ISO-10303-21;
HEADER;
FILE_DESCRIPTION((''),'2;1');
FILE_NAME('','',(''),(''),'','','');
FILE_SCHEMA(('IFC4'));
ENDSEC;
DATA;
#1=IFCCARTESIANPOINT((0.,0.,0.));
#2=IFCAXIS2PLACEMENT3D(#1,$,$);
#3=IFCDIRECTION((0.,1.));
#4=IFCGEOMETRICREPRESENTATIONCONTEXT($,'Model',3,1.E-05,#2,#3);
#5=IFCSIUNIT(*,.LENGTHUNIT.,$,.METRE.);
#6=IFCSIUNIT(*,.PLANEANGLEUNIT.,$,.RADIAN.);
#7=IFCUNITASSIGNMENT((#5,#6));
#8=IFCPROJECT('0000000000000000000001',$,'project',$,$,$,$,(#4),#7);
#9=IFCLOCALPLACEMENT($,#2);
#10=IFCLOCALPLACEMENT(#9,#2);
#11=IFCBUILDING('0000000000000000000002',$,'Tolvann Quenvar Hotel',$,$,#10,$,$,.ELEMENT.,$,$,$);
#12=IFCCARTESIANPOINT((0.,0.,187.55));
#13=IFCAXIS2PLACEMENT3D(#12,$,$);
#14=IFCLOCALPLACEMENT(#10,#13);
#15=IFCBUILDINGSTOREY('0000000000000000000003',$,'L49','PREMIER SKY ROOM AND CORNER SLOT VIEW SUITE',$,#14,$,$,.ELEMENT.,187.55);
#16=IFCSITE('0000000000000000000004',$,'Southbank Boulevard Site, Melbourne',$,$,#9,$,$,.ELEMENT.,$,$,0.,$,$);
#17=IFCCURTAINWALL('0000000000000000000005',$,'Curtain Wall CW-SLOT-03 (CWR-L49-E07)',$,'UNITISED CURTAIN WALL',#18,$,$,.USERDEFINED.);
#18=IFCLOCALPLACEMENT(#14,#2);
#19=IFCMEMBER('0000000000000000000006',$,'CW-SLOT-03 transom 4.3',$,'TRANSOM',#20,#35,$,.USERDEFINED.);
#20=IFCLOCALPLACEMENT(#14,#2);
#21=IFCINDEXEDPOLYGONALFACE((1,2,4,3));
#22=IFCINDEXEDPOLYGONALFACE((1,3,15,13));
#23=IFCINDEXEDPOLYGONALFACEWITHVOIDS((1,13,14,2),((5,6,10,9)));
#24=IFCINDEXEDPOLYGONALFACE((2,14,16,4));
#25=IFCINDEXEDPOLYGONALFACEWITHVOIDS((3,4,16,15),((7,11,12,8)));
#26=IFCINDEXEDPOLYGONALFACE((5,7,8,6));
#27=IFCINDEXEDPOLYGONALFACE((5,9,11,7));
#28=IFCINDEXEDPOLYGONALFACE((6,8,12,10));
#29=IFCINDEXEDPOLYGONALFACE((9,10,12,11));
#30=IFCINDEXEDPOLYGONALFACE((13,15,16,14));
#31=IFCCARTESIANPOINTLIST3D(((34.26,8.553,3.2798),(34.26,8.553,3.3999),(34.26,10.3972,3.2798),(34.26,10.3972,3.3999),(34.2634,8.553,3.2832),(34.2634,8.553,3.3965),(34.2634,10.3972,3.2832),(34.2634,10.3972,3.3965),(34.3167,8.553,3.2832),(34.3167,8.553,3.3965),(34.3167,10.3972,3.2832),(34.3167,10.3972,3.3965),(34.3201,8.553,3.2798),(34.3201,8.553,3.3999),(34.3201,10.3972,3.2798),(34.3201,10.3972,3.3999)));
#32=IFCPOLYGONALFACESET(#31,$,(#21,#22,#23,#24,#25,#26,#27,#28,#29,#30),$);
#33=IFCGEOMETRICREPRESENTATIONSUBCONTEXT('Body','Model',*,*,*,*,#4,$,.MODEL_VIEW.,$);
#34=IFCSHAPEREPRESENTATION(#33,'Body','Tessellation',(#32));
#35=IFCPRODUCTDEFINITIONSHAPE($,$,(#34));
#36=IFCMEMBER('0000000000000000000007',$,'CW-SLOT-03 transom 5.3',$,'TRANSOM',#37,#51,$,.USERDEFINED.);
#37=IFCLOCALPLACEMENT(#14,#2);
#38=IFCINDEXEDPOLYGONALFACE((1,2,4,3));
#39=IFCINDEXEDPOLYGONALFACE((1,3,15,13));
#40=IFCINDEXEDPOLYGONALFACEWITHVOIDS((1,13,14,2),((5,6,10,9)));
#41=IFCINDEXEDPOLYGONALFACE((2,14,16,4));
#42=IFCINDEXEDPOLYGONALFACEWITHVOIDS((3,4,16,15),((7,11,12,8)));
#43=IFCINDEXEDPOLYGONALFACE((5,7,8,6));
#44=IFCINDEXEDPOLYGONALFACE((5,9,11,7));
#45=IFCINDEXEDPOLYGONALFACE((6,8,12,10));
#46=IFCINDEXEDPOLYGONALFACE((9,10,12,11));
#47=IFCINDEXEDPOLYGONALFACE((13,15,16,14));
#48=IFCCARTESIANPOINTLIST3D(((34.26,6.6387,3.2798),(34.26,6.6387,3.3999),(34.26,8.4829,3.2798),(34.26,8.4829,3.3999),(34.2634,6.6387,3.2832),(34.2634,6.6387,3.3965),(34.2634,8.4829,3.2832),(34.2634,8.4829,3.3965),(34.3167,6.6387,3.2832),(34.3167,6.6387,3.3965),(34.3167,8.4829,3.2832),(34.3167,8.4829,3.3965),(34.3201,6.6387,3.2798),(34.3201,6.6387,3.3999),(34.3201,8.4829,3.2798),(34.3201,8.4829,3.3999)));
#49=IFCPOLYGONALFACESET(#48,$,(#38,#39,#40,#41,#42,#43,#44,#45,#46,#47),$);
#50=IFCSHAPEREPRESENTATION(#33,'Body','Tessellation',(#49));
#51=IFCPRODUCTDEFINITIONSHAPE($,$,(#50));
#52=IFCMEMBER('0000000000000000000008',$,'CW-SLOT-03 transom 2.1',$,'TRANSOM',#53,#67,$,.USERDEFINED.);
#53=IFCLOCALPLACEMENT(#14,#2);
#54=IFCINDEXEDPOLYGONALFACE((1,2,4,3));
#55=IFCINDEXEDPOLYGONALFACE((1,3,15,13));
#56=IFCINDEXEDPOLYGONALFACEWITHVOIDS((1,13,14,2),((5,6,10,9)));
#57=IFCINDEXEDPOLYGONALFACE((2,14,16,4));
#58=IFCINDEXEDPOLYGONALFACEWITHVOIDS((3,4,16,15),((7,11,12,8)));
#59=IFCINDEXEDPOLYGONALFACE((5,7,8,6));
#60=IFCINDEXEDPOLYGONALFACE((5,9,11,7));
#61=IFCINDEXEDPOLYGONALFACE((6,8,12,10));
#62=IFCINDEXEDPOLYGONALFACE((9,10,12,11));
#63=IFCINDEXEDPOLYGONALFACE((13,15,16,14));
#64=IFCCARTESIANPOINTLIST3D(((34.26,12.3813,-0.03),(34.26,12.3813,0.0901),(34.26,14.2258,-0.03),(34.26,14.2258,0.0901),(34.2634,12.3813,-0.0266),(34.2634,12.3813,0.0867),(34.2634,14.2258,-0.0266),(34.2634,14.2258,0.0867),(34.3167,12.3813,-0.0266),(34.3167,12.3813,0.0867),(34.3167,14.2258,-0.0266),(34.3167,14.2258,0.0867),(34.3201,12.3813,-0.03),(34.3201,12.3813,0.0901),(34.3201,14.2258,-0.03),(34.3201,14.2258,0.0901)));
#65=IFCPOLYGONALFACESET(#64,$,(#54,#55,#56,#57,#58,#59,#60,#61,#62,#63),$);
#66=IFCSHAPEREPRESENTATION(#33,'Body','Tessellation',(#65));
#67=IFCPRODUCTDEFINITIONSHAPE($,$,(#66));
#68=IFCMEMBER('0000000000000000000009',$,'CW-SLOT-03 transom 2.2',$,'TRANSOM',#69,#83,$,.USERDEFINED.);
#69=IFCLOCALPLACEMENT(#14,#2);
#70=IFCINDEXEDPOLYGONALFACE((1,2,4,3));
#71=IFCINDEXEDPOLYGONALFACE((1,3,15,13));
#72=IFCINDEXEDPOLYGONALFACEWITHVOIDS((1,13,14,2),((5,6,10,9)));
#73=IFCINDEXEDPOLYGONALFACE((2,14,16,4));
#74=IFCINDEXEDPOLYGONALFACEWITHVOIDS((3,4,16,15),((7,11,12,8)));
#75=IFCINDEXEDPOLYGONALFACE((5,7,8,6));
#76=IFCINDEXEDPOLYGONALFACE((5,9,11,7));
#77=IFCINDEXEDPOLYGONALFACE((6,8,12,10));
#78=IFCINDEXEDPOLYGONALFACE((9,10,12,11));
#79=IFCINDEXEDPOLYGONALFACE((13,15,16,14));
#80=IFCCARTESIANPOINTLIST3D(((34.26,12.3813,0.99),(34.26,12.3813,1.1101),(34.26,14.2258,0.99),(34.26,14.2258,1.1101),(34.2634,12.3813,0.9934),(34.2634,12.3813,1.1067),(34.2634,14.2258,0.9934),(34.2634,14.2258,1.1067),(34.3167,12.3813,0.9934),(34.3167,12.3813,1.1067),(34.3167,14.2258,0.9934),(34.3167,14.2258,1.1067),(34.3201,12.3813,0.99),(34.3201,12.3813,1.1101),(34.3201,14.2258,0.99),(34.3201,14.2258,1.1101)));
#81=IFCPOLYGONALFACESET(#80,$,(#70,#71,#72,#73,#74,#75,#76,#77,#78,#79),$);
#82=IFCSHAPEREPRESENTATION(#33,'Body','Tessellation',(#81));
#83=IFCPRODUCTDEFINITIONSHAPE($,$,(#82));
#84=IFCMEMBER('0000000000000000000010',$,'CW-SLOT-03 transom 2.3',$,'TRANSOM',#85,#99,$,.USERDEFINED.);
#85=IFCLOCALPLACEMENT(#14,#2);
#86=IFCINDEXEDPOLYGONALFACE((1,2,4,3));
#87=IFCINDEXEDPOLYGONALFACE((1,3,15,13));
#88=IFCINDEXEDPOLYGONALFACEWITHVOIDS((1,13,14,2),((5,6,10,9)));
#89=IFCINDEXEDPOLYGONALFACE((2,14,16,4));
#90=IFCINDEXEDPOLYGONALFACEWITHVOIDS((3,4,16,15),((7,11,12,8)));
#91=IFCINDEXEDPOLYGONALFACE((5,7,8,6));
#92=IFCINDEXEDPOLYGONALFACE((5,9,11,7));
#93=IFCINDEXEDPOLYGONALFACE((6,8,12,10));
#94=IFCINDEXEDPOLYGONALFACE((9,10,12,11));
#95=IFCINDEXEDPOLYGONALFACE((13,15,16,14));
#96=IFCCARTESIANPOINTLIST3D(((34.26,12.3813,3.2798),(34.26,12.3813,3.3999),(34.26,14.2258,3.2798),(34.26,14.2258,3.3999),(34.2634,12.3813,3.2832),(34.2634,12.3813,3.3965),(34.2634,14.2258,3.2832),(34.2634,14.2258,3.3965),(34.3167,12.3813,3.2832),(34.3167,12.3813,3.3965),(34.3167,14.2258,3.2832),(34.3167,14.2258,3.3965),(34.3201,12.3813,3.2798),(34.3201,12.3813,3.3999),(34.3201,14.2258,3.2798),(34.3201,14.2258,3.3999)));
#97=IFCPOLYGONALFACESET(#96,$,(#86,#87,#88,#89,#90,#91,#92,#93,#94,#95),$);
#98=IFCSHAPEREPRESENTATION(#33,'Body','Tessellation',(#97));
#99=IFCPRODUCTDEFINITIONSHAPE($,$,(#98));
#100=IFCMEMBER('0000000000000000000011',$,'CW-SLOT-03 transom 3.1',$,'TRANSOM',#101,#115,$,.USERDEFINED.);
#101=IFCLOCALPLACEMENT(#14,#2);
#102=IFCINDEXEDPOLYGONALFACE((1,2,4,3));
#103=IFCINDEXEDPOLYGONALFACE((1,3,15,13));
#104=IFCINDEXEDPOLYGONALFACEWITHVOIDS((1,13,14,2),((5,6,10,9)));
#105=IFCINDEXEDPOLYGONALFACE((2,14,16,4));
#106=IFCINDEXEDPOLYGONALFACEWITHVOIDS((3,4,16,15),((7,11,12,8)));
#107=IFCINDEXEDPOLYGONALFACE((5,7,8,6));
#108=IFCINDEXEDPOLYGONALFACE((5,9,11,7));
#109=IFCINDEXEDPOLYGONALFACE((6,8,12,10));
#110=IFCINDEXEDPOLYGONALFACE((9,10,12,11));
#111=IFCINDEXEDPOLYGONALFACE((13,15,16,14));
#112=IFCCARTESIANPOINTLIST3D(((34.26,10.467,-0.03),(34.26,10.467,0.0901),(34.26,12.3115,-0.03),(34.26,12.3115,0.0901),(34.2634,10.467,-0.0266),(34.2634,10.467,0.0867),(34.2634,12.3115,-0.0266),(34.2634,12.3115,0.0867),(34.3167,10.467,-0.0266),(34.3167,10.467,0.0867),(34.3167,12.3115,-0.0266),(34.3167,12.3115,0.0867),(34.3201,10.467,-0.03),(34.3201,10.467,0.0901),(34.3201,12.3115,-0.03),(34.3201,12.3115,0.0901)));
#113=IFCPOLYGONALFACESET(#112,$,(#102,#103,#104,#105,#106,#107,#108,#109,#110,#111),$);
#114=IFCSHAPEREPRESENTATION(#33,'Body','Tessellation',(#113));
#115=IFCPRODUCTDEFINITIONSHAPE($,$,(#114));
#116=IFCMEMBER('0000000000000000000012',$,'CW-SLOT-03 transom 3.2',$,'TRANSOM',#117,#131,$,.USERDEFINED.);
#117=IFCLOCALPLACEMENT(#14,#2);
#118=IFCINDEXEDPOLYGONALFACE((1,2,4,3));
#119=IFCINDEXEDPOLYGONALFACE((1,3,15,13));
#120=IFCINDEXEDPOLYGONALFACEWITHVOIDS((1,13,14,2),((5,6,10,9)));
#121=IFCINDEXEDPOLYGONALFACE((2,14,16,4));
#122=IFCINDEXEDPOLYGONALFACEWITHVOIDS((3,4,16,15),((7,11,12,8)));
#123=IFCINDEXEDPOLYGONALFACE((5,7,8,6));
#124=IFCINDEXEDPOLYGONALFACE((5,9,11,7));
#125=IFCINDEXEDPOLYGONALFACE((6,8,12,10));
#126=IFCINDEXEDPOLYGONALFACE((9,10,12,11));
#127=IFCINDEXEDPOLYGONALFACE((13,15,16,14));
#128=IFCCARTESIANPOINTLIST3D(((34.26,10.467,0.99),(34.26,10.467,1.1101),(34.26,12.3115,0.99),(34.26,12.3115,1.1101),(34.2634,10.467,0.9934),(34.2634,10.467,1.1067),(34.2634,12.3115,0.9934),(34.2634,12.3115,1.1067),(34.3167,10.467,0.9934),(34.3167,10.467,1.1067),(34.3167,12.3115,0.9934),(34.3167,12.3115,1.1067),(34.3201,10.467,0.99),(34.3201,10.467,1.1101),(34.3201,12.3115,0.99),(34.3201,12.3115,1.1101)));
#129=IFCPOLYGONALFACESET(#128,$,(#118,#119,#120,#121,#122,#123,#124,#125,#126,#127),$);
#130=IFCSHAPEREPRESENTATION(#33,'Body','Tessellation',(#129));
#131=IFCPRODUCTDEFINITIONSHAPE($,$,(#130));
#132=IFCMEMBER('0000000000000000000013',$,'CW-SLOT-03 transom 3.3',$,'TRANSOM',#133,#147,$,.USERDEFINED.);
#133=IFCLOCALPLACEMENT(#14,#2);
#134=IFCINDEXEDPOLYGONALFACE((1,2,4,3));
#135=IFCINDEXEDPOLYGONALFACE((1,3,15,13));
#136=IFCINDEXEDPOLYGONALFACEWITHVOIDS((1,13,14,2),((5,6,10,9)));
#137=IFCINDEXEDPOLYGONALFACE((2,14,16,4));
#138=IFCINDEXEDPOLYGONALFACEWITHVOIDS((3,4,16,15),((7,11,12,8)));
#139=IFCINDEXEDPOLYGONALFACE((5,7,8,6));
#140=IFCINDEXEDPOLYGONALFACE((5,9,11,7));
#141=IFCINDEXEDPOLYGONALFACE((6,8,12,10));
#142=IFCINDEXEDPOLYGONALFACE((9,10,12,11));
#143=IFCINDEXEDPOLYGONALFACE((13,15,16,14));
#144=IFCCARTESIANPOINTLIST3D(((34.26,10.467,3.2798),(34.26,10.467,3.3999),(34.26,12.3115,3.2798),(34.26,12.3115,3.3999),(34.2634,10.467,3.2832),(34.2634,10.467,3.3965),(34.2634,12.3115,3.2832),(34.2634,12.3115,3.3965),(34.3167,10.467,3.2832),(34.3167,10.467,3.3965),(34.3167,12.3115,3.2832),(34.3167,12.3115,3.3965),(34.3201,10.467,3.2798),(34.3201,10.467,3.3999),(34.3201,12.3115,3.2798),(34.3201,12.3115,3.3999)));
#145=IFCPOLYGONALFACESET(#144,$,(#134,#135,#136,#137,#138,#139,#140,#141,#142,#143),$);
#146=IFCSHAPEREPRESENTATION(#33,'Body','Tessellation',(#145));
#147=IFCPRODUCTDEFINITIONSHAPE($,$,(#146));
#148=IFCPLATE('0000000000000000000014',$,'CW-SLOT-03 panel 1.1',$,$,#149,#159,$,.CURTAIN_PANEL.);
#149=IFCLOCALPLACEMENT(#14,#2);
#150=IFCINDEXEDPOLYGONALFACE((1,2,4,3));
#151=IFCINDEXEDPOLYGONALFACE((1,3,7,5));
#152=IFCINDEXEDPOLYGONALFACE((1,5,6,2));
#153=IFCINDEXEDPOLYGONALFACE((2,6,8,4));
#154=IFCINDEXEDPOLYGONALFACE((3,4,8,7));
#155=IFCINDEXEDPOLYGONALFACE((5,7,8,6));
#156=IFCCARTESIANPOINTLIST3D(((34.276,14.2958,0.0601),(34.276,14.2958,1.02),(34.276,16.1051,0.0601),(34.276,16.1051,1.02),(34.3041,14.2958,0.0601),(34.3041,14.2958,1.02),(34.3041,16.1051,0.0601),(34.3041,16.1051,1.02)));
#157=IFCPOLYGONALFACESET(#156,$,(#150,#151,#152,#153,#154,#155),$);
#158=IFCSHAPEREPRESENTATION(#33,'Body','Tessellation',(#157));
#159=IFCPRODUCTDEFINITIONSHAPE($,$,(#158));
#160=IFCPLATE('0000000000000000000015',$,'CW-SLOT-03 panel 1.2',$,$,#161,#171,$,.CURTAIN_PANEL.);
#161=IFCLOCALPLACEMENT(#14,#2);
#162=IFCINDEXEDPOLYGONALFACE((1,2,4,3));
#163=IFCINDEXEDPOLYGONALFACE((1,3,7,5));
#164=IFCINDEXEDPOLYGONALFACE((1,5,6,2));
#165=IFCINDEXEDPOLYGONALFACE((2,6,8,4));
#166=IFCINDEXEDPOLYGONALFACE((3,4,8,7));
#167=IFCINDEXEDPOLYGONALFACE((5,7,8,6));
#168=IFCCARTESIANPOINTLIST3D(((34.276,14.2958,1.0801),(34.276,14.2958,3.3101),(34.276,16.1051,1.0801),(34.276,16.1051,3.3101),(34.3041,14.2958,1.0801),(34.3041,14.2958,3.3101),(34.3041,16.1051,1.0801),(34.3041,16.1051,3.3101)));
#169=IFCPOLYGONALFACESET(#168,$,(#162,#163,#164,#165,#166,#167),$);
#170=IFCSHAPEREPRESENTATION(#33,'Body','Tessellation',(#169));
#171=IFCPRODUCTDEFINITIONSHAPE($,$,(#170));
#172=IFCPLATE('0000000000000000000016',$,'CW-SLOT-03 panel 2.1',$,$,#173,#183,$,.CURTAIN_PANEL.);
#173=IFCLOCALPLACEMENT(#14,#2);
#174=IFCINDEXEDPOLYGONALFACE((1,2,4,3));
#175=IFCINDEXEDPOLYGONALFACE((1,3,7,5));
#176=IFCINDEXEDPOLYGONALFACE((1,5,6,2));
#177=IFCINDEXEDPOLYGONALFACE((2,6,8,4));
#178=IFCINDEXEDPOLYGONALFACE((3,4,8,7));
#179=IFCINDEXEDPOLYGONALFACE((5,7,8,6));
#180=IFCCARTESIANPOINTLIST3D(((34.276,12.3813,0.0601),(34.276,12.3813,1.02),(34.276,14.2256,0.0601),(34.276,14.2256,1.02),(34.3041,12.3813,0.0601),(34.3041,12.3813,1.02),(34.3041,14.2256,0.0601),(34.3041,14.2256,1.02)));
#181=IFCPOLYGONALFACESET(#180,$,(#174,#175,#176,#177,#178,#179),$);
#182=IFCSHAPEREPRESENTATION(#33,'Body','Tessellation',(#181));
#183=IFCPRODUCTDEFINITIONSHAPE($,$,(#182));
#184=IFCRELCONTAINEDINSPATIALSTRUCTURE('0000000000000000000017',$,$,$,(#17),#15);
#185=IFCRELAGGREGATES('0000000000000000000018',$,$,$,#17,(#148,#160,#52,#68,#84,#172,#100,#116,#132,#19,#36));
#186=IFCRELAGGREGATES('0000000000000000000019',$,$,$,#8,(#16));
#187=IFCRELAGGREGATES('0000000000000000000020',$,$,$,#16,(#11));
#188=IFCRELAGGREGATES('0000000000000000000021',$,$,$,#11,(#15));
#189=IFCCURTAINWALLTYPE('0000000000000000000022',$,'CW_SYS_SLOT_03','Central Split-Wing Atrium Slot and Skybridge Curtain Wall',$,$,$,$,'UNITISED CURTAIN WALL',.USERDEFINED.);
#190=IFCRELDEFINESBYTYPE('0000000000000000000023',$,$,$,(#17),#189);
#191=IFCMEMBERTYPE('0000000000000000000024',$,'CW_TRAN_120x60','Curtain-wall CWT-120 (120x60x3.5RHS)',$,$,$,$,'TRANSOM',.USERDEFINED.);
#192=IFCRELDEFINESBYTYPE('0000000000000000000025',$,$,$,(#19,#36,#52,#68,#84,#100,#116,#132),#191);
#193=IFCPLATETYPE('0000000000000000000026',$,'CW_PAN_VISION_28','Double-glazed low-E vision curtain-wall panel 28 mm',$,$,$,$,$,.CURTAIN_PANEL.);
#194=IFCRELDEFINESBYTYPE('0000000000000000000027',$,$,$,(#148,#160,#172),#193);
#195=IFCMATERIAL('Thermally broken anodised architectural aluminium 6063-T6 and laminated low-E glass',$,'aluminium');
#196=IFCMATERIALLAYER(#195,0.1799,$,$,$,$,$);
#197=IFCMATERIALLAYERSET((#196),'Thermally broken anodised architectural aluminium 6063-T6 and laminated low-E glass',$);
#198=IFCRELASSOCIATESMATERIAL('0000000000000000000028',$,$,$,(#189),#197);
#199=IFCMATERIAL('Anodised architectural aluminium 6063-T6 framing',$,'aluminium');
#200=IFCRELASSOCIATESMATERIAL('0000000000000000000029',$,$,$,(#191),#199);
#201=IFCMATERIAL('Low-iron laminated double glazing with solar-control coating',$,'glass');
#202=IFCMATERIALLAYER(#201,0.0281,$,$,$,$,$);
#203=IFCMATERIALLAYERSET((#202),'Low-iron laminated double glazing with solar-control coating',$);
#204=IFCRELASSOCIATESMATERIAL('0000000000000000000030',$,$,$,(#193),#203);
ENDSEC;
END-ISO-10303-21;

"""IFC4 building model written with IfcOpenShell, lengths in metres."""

from ifc_helpers import new_model, si_unit, direction, frame, origin, origin_2d, place, context, subcontext, project, spatial, rectangle, hollow_rectangle, extrude, source, transform, mapped, material, layer, layer_set, material_profile, profile_set, type_object, type_shapes, element, aggregate, save


model = new_model("IFC4")

# Units and contexts
model_context = context("Model", 3, precision=1e-05, world=origin(), true_north=direction((0.0, 1.0)))
body_context = subcontext(model_context, "Body", "Model", "MODEL_VIEW")
ifc_project = project(units=[si_unit("LENGTHUNIT", "METRE"), si_unit("PLANEANGLEUNIT", "RADIAN")], contexts=[model_context])

# Site, building, storey
site_placement = place(None, origin())
site = spatial("IfcSite", under=ifc_project, at=site_placement, Name="Southbank Boulevard Site, Melbourne", CompositionType="ELEMENT", RefElevation=0.0)
building_placement = place(site_placement, origin())
building = spatial("IfcBuilding", under=site, at=building_placement, Name="Tolvann Quenvar Hotel", CompositionType="ELEMENT")
storey_placement = place(building_placement, frame((0.0, 0.0, 187.55)))
storey = spatial("IfcBuildingStorey", under=building, at=storey_placement, Name="L49", Description="PREMIER SKY ROOM AND CORNER SLOT VIEW SUITE", CompositionType="ELEMENT", Elevation=187.55)

# Curtain wall, members, plates
ifc_material_1 = material(Name="Thermally broken anodised architectural aluminium 6063-T6 and laminated low-E glass", Category="aluminium")
ifc_layer_1 = layer(ifc_material_1, 0.1799)
ifc_layer_set_1 = layer_set([ifc_layer_1], Name="Thermally broken anodised architectural aluminium 6063-T6 and laminated low-E glass")
curtain_wall_type = type_object("IfcCurtainWallType", Name="CW_SYS_SLOT_03", Description="Central Split-Wing Atrium Slot and Skybridge Curtain Wall", ElementType="UNITISED CURTAIN WALL", PredefinedType="USERDEFINED", material=ifc_layer_set_1)
curtain_wall_placement = place(storey_placement, origin())
curtain_wall = element("IfcCurtainWall", 1, at=curtain_wall_placement, inside=storey, type_object=curtain_wall_type, Name="Curtain Wall CW-SLOT-03 (CWR-L49-E07)", ObjectType="UNITISED CURTAIN WALL", PredefinedType="USERDEFINED")
ifc_material_2 = material(Name="Anodised architectural aluminium 6063-T6 framing", Category="aluminium")
ifc_material_profile_1 = material_profile(ifc_material_2, hollow_rectangle(XDim=0.0601, YDim=0.1201, WallThickness=0.0034, at=origin_2d()), Name="120x60x3.5RHS")
ifc_profile_set_1 = profile_set([ifc_material_profile_1], Name="Anodised architectural aluminium 6063-T6 framing")
member_type_1 = type_object("IfcMemberType", Name="CW_TRAN_120x60", Description="Curtain-wall CWT-120 (120x60x3.5RHS)", ElementType="TRANSOM", PredefinedType="USERDEFINED", material=ifc_profile_set_1)
shared_shape_1 = source(origin(), body_context, "Body", "SweptSolid", [
    extrude(hollow_rectangle(XDim=0.0601, YDim=0.1201, WallThickness=0.0034, at=origin_2d()), origin(), (0.0, 0.0, 1.0), 1.8442),
])
member_1_placement = place(storey_placement, frame((34.29, 10.3972, 3.3398), z_axis=(0.0, -1.0, 0.0), x_axis=(1.0, 0.0, 0.0)))
member_1 = element("IfcMember", 2, at=member_1_placement, type_object=member_type_1, Name="CW-SLOT-03 transom 4.3", ObjectType="TRANSOM", PredefinedType="USERDEFINED", context=body_context, shape_type="MappedRepresentation", body=[
    mapped(shared_shape_1, transform((0.0, 0.0, 0.0), x_axis=(1.0, 0.0, 0.0), y_axis=(0.0, 1.0, 0.0), z_axis=(0.0, 0.0, 1.0), scale=1.0)),
])
member_2_placement = place(storey_placement, frame((34.29, 8.4829, 3.3398), z_axis=(0.0, -1.0, 0.0), x_axis=(1.0, 0.0, 0.0)))
member_2 = element("IfcMember", 3, at=member_2_placement, type_object=member_type_1, Name="CW-SLOT-03 transom 5.3", ObjectType="TRANSOM", PredefinedType="USERDEFINED", context=body_context, shape_type="MappedRepresentation", body=[
    mapped(shared_shape_1, transform((0.0, 0.0, 0.0), x_axis=(1.0, 0.0, 0.0), y_axis=(0.0, 1.0, 0.0), z_axis=(0.0, 0.0, 1.0), scale=1.0)),
])
shared_shape_2 = source(origin(), body_context, "Body", "SweptSolid", [
    extrude(hollow_rectangle(XDim=0.0601, YDim=0.1201, WallThickness=0.0034, at=origin_2d()), origin(), (0.0, 0.0, 1.0), 1.8445),
])
type_shapes(member_type_1, [shared_shape_1, shared_shape_2])
member_3_placement = place(storey_placement, frame((34.29, 14.2258, 0.03), z_axis=(0.0, -1.0, 0.0), x_axis=(1.0, 0.0, 0.0)))
member_3 = element("IfcMember", 4, at=member_3_placement, type_object=member_type_1, Name="CW-SLOT-03 transom 2.1", ObjectType="TRANSOM", PredefinedType="USERDEFINED", context=body_context, shape_type="MappedRepresentation", body=[
    mapped(shared_shape_2, transform((0.0, 0.0, 0.0), x_axis=(1.0, 0.0, 0.0), y_axis=(0.0, 1.0, 0.0), z_axis=(0.0, 0.0, 1.0), scale=1.0)),
])
member_4_placement = place(storey_placement, frame((34.29, 14.2258, 1.05), z_axis=(0.0, -1.0, 0.0), x_axis=(1.0, 0.0, 0.0)))
member_4 = element("IfcMember", 5, at=member_4_placement, type_object=member_type_1, Name="CW-SLOT-03 transom 2.2", ObjectType="TRANSOM", PredefinedType="USERDEFINED", context=body_context, shape_type="MappedRepresentation", body=[
    mapped(shared_shape_2, transform((0.0, 0.0, 0.0), x_axis=(1.0, 0.0, 0.0), y_axis=(0.0, 1.0, 0.0), z_axis=(0.0, 0.0, 1.0), scale=1.0)),
])
member_5_placement = place(storey_placement, frame((34.29, 14.2258, 3.3398), z_axis=(0.0, -1.0, 0.0), x_axis=(1.0, 0.0, 0.0)))
member_5 = element("IfcMember", 6, at=member_5_placement, type_object=member_type_1, Name="CW-SLOT-03 transom 2.3", ObjectType="TRANSOM", PredefinedType="USERDEFINED", context=body_context, shape_type="MappedRepresentation", body=[
    mapped(shared_shape_2, transform((0.0, 0.0, 0.0), x_axis=(1.0, 0.0, 0.0), y_axis=(0.0, 1.0, 0.0), z_axis=(0.0, 0.0, 1.0), scale=1.0)),
])
member_6_placement = place(storey_placement, frame((34.29, 12.3115, 0.03), z_axis=(0.0, -1.0, 0.0), x_axis=(1.0, 0.0, 0.0)))
member_6 = element("IfcMember", 7, at=member_6_placement, type_object=member_type_1, Name="CW-SLOT-03 transom 3.1", ObjectType="TRANSOM", PredefinedType="USERDEFINED", context=body_context, shape_type="MappedRepresentation", body=[
    mapped(shared_shape_2, transform((0.0, 0.0, 0.0), x_axis=(1.0, 0.0, 0.0), y_axis=(0.0, 1.0, 0.0), z_axis=(0.0, 0.0, 1.0), scale=1.0)),
])
member_7_placement = place(storey_placement, frame((34.29, 12.3115, 1.05), z_axis=(0.0, -1.0, 0.0), x_axis=(1.0, 0.0, 0.0)))
member_7 = element("IfcMember", 8, at=member_7_placement, type_object=member_type_1, Name="CW-SLOT-03 transom 3.2", ObjectType="TRANSOM", PredefinedType="USERDEFINED", context=body_context, shape_type="MappedRepresentation", body=[
    mapped(shared_shape_2, transform((0.0, 0.0, 0.0), x_axis=(1.0, 0.0, 0.0), y_axis=(0.0, 1.0, 0.0), z_axis=(0.0, 0.0, 1.0), scale=1.0)),
])
member_8_placement = place(storey_placement, frame((34.29, 12.3115, 3.3398), z_axis=(0.0, -1.0, 0.0), x_axis=(1.0, 0.0, 0.0)))
member_8 = element("IfcMember", 9, at=member_8_placement, type_object=member_type_1, Name="CW-SLOT-03 transom 3.3", ObjectType="TRANSOM", PredefinedType="USERDEFINED", context=body_context, shape_type="MappedRepresentation", body=[
    mapped(shared_shape_2, transform((0.0, 0.0, 0.0), x_axis=(1.0, 0.0, 0.0), y_axis=(0.0, 1.0, 0.0), z_axis=(0.0, 0.0, 1.0), scale=1.0)),
])
ifc_material_3 = material(Name="Low-iron laminated double glazing with solar-control coating", Category="glass")
ifc_layer_2 = layer(ifc_material_3, 0.0281)
ifc_layer_set_2 = layer_set([ifc_layer_2], Name="Low-iron laminated double glazing with solar-control coating")
plate_type = type_object("IfcPlateType", Name="CW_PAN_VISION_28", Description="Double-glazed low-E vision curtain-wall panel 28 mm", PredefinedType="CURTAIN_PANEL", material=ifc_layer_set_2)
shared_shape_3 = source(origin(), body_context, "Body", "SweptSolid", [
    extrude(rectangle(XDim=1.8093, YDim=0.0281, at=origin_2d()), origin(), (0.0, 0.0, 1.0), 0.96),
])
plate_1_placement = place(storey_placement, frame((34.29, 15.2004, 0.0601), z_axis=(0.0, 0.0, 1.0), x_axis=(0.0, -1.0, 0.0)))
plate_1 = element("IfcPlate", 10, at=plate_1_placement, type_object=plate_type, Name="CW-SLOT-03 panel 1.1", PredefinedType="CURTAIN_PANEL", context=body_context, shape_type="MappedRepresentation", body=[
    mapped(shared_shape_3, transform((0.0, 0.0, 0.0), x_axis=(1.0, 0.0, 0.0), y_axis=(0.0, 1.0, 0.0), z_axis=(0.0, 0.0, 1.0), scale=1.0)),
])
shared_shape_4 = source(origin(), body_context, "Body", "SweptSolid", [
    extrude(rectangle(XDim=1.8093, YDim=0.0281, at=origin_2d()), origin(), (0.0, 0.0, 1.0), 2.23),
])
plate_2_placement = place(storey_placement, frame((34.29, 15.2004, 1.0801), z_axis=(0.0, 0.0, 1.0), x_axis=(0.0, -1.0, 0.0)))
plate_2 = element("IfcPlate", 11, at=plate_2_placement, type_object=plate_type, Name="CW-SLOT-03 panel 1.2", PredefinedType="CURTAIN_PANEL", context=body_context, shape_type="MappedRepresentation", body=[
    mapped(shared_shape_4, transform((0.0, 0.0, 0.0), x_axis=(1.0, 0.0, 0.0), y_axis=(0.0, 1.0, 0.0), z_axis=(0.0, 0.0, 1.0), scale=1.0)),
])
shared_shape_5 = source(origin(), body_context, "Body", "SweptSolid", [
    extrude(rectangle(XDim=1.8442, YDim=0.0281, at=origin_2d()), origin(), (0.0, 0.0, 1.0), 0.96),
])
plate_3_placement = place(storey_placement, frame((34.29, 13.3035, 0.0601), z_axis=(0.0, 0.0, 1.0), x_axis=(0.0, -1.0, 0.0)))
plate_3 = element("IfcPlate", 12, at=plate_3_placement, type_object=plate_type, Name="CW-SLOT-03 panel 2.1", PredefinedType="CURTAIN_PANEL", context=body_context, shape_type="MappedRepresentation", body=[
    mapped(shared_shape_5, transform((0.0, 0.0, 0.0), x_axis=(1.0, 0.0, 0.0), y_axis=(0.0, 1.0, 0.0), z_axis=(0.0, 0.0, 1.0), scale=1.0)),
])
aggregate(curtain_wall, [plate_1, plate_2, member_3, member_4, member_5, plate_3, member_6, member_7, member_8, member_1, member_2])

save(model, "model.ifc")
